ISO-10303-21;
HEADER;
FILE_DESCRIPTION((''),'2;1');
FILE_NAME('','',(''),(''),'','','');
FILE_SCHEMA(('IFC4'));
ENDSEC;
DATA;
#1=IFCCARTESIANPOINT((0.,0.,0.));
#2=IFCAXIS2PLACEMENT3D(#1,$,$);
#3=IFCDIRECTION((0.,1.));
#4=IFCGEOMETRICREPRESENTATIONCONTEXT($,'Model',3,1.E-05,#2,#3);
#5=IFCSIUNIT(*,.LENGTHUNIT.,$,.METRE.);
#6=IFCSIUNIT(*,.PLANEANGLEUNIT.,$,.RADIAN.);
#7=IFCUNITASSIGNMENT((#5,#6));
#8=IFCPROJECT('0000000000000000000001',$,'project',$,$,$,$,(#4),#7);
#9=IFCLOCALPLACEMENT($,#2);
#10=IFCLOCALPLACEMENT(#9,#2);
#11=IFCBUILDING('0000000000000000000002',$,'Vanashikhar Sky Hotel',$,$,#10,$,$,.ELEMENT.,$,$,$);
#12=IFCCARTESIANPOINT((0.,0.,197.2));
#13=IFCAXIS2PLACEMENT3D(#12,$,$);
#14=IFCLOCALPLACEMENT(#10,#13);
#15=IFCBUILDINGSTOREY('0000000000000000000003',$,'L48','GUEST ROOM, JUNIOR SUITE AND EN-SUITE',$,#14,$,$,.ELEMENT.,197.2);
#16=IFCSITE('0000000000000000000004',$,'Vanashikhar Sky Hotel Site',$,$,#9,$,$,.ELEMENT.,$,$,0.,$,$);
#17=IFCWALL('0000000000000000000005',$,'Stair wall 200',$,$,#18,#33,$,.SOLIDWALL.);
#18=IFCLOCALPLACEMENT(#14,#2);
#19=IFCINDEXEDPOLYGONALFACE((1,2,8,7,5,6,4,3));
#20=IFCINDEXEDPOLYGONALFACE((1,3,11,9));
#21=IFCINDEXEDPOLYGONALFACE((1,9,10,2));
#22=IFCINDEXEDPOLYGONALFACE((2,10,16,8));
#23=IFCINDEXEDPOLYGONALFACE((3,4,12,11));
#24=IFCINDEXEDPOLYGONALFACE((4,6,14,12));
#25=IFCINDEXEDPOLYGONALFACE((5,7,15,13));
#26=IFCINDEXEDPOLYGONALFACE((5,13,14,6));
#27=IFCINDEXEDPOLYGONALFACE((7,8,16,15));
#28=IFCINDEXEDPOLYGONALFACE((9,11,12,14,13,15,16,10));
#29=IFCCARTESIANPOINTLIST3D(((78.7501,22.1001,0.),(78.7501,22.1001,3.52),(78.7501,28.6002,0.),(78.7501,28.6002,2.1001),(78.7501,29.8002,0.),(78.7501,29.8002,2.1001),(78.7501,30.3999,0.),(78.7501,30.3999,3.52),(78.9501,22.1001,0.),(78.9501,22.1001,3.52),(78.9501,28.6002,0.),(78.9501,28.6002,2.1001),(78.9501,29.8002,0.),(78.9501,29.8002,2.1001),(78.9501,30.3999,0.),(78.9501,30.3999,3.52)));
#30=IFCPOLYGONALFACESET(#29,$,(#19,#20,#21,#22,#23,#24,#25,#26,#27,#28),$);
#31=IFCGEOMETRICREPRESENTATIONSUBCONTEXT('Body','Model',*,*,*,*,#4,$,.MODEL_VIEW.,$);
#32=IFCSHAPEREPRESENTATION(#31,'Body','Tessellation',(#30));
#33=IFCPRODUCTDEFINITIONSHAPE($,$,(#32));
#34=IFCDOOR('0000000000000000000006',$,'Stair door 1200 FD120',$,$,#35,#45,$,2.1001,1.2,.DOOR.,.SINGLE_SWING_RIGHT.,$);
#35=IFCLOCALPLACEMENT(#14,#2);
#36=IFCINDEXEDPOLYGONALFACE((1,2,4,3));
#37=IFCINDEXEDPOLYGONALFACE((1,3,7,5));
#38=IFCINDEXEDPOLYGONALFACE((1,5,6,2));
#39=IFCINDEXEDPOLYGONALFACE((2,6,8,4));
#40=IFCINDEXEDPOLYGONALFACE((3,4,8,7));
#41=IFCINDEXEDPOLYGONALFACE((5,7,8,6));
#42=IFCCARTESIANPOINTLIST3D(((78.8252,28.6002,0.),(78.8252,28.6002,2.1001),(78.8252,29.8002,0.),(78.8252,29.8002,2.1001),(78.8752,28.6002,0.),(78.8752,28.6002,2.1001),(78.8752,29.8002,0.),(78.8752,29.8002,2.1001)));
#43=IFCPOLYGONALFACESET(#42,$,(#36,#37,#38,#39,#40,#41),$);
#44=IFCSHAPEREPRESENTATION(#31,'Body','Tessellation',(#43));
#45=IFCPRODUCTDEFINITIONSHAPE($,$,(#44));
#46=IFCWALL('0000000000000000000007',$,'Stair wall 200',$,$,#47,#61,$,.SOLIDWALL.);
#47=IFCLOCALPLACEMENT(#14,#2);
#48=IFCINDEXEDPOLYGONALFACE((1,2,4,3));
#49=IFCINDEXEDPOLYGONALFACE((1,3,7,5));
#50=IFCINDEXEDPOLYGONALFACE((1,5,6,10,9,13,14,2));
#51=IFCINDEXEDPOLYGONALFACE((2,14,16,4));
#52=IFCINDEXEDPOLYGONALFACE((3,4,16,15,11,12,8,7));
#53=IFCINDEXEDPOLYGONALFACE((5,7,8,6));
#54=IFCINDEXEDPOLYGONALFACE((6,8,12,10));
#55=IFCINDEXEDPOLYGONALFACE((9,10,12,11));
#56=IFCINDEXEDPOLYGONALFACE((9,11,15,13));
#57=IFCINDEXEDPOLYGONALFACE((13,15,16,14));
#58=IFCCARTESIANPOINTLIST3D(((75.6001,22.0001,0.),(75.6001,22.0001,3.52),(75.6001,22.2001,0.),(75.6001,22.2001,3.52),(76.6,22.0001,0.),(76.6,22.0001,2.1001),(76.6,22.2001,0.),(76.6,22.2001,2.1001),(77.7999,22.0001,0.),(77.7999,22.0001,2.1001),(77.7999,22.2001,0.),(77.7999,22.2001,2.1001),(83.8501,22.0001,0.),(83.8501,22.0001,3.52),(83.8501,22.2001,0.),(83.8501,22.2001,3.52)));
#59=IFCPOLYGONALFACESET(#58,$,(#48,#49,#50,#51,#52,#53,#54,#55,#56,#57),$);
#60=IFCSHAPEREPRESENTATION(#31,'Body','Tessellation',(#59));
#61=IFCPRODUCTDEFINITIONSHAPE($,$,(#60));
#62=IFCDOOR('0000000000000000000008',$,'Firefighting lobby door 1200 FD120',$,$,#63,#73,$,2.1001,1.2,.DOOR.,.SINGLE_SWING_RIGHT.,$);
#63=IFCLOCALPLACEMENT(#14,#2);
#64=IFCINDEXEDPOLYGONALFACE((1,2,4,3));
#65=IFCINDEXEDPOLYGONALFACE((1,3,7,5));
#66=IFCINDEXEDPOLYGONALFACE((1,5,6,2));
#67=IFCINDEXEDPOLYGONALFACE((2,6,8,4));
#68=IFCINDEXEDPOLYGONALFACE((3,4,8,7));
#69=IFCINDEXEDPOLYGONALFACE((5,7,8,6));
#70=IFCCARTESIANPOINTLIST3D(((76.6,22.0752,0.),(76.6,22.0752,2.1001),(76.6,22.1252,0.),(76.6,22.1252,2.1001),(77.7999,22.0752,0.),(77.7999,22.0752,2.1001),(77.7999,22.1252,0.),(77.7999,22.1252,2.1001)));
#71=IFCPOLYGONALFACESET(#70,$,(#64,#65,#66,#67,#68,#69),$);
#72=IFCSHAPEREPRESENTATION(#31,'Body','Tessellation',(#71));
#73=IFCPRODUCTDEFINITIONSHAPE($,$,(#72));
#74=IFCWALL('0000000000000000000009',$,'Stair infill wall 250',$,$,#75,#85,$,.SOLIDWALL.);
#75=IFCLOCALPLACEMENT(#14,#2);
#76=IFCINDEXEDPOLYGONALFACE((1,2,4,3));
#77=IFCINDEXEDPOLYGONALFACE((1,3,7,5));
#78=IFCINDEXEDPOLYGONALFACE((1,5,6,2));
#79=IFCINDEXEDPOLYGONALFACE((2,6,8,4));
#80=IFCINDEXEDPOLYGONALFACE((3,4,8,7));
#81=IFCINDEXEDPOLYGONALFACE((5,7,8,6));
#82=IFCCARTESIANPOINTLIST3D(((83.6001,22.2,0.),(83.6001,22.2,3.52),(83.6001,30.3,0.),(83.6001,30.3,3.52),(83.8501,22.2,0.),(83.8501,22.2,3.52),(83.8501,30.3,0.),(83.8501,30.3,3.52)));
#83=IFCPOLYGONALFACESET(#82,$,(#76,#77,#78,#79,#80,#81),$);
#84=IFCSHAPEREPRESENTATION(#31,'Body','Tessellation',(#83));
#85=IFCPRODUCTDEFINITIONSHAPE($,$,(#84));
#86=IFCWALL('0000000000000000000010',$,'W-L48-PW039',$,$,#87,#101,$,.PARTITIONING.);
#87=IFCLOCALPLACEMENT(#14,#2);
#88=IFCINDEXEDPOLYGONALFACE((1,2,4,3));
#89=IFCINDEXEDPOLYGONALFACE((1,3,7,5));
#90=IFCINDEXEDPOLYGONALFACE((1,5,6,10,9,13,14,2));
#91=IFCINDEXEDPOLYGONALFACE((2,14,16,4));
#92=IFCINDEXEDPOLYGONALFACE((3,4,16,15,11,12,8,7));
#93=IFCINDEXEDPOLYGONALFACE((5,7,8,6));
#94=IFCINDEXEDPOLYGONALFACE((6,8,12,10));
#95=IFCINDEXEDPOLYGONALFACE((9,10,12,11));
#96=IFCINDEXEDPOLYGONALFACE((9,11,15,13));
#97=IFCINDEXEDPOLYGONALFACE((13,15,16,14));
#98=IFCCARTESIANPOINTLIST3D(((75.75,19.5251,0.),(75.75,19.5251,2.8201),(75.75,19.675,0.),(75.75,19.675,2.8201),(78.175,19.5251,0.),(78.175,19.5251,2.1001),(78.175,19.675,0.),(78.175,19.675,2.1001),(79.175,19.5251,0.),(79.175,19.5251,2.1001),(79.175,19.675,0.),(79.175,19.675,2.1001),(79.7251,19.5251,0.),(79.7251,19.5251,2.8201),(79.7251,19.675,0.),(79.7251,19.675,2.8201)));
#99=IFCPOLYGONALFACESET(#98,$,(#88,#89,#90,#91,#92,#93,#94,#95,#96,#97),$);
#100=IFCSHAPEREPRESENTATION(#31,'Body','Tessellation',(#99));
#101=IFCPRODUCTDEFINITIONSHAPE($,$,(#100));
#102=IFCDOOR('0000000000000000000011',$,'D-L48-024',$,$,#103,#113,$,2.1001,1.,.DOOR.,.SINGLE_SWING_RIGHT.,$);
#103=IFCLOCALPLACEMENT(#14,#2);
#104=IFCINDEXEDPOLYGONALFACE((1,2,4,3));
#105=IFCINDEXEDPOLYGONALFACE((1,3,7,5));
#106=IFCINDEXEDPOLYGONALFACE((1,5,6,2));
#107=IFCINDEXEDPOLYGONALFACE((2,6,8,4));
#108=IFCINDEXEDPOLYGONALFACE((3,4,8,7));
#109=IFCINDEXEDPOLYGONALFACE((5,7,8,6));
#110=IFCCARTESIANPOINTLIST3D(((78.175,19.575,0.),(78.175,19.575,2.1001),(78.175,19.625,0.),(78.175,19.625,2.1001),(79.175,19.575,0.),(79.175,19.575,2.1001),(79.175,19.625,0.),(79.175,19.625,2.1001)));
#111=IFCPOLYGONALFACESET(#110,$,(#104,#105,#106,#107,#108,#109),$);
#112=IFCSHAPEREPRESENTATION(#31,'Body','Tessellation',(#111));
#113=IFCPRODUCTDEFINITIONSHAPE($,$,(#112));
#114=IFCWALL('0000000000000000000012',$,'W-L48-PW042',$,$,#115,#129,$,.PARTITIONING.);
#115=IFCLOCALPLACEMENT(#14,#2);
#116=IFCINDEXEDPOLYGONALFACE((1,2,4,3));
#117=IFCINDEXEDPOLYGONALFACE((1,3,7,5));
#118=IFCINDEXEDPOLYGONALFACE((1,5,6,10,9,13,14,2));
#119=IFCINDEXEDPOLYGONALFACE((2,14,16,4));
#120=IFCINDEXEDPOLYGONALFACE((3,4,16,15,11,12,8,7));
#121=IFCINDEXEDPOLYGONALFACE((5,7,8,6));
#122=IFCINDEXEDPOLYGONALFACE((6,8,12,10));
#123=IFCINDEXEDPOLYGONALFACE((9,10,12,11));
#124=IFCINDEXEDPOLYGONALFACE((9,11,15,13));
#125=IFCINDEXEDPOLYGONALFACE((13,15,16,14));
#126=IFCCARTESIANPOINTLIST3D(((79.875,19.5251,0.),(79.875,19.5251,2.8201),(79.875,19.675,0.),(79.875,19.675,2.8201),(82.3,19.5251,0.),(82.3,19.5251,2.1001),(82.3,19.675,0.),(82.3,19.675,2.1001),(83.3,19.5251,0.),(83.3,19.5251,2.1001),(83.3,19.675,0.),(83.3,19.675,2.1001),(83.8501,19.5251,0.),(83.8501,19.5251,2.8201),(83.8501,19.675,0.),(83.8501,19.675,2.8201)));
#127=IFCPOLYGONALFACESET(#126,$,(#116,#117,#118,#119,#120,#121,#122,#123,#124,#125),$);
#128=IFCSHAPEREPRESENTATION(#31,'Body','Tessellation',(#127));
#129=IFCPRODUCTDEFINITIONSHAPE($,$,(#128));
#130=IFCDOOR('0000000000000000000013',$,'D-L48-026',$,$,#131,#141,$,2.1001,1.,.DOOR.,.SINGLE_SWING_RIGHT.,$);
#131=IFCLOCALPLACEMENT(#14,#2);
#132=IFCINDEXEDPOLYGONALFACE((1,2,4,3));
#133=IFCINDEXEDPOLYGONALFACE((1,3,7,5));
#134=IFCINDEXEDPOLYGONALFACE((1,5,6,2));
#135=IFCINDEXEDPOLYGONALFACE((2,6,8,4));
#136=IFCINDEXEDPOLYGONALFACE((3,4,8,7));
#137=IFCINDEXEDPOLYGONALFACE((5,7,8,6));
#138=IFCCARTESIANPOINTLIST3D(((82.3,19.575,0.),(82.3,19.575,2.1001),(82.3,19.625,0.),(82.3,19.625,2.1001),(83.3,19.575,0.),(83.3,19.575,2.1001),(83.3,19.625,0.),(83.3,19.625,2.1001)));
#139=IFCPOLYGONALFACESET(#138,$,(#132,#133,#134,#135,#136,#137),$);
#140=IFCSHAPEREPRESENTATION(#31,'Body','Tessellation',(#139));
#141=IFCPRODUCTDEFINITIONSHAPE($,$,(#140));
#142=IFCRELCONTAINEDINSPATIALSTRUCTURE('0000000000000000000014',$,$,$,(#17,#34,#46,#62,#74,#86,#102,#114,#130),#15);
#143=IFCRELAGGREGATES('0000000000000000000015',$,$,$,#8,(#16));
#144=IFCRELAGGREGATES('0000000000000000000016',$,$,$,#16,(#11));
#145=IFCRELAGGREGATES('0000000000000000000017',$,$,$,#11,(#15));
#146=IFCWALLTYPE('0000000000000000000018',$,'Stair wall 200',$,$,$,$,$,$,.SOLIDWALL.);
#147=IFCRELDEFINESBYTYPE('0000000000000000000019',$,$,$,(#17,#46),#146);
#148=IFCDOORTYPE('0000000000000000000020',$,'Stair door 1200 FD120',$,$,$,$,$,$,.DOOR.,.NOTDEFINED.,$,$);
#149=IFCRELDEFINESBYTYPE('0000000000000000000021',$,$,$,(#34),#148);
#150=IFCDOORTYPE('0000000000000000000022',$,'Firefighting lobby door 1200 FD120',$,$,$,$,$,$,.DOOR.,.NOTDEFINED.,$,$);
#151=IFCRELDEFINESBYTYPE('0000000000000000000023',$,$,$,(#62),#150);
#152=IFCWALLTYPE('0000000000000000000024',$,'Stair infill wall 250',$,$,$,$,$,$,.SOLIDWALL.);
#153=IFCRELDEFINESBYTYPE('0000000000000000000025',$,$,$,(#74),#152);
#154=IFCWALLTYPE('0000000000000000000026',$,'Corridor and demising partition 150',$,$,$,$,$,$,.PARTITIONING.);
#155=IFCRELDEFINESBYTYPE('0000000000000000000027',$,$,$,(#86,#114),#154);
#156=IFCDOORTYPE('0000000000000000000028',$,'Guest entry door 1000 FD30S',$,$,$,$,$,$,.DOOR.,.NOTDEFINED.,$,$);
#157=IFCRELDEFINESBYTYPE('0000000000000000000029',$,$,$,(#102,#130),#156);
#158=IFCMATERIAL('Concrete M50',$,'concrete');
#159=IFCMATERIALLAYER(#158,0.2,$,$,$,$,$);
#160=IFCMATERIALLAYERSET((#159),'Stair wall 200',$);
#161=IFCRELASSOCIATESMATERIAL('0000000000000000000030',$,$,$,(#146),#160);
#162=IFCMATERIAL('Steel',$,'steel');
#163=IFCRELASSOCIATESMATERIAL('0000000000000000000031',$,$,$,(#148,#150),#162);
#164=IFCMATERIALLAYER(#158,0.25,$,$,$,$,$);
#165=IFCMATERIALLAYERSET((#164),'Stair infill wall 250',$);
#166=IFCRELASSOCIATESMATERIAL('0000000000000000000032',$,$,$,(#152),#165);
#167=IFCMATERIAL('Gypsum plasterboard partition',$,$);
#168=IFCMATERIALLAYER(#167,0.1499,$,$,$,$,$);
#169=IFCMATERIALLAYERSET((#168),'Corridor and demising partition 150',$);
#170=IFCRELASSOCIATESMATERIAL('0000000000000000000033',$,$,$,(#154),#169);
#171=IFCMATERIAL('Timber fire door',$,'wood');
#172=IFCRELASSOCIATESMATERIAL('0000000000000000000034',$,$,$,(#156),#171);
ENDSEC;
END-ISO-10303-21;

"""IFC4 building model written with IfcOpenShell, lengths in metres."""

from ifc_helpers import new_model, si_unit, direction, frame, frame_2d, origin, place, context, subcontext, project, spatial, rectangle, extrude, source, transform, mapped, material, layer, layer_set, type_object, element, fill, save


model = new_model("IFC4")

# Units and contexts
model_context = context("Model", 3, precision=1e-05, world=origin(), true_north=direction((0.0, 1.0)))
body_context = subcontext(model_context, "Body", "Model", "MODEL_VIEW")
ifc_project = project(units=[si_unit("LENGTHUNIT", "METRE"), si_unit("PLANEANGLEUNIT", "RADIAN")], contexts=[model_context])

# Site, building, storey
site_placement = place(None, origin())
site = spatial("IfcSite", under=ifc_project, at=site_placement, Name="Vanashikhar Sky Hotel Site", CompositionType="ELEMENT", RefElevation=0.0)
building_placement = place(site_placement, origin())
building = spatial("IfcBuilding", under=site, at=building_placement, Name="Vanashikhar Sky Hotel", CompositionType="ELEMENT")
storey_placement = place(building_placement, frame((0.0, 0.0, 197.2)))
storey = spatial("IfcBuildingStorey", under=building, at=storey_placement, Name="L48", Description="GUEST ROOM, JUNIOR SUITE AND EN-SUITE", CompositionType="ELEMENT", Elevation=197.2)

# Walls, openings, doors
ifc_material_1 = material(Name="Concrete M50", Category="concrete")
ifc_layer_1 = layer(ifc_material_1, 0.2)
ifc_layer_set_1 = layer_set([ifc_layer_1], Name="Stair wall 200")
wall_type_1 = type_object("IfcWallType", Name="Stair wall 200", PredefinedType="SOLIDWALL", material=ifc_layer_set_1)
shared_shape_1 = source(origin(), body_context, "Body", "SweptSolid", [
    extrude(rectangle(XDim=8.2998, YDim=0.2, at=frame_2d((4.1499, 0.0))), origin(), (0.0, 0.0, 1.0), 3.52),
])
wall_1_placement = place(storey_placement, frame((78.8501, 22.1001, 0.0), z_axis=(0.0, 0.0, 1.0), x_axis=(0.0, 1.0, 0.0)))
wall_1 = element("IfcWall", 1, at=wall_1_placement, inside=storey, type_object=wall_type_1, Name="Stair wall 200", PredefinedType="SOLIDWALL", context=body_context, shape_type="MappedRepresentation", body=[
    mapped(shared_shape_1, transform((0.0, 0.0, 0.0), scale=1.0)),
])
shared_shape_2 = source(origin(), body_context, "Body", "SweptSolid", [
    extrude(rectangle(XDim=1.2, YDim=2.1001, at=frame_2d((0.6001, 1.05))), frame((0.0, 0.1099, 0.0), z_axis=(0.0, -1.0, 0.0), x_axis=(1.0, 0.0, 0.0)), (0.0, 0.0, 1.0), 0.22),
])
opening_1_placement = place(wall_1_placement, frame((6.5, 0.0, 0.0)))
opening_1 = element("IfcOpeningElement", 2, at=opening_1_placement, cuts=wall_1, PredefinedType="OPENING", context=body_context, shape_type="MappedRepresentation", body=[
    mapped(shared_shape_2, transform((0.0, 0.0, 0.0), scale=1.0)),
])
ifc_material_2 = material(Name="Steel", Category="steel")
door_type_1 = type_object("IfcDoorType", Name="Stair door 1200 FD120", OperationType="NOTDEFINED", PredefinedType="DOOR", material=ifc_material_2)
shared_shape_3 = source(origin(), body_context, "Body", "SweptSolid", [
    extrude(rectangle(XDim=1.2, YDim=2.1001, at=frame_2d((0.6001, 1.05))), frame((0.0, 0.0249, 0.0), z_axis=(0.0, -1.0, 0.0), x_axis=(1.0, 0.0, 0.0)), (0.0, 0.0, 1.0), 0.05),
])
door_1_placement = place(opening_1_placement, origin())
door_1 = element("IfcDoor", 3, at=door_1_placement, inside=storey, type_object=door_type_1, Name="Stair door 1200 FD120", OperationType="SINGLE_SWING_RIGHT", OverallHeight=2.1001, OverallWidth=1.2, PredefinedType="DOOR", context=body_context, shape_type="MappedRepresentation", body=[
    mapped(shared_shape_3, transform((0.0, 0.0, 0.0), scale=1.0)),
])
fill(opening_1, door_1)
shared_shape_4 = source(origin(), body_context, "Body", "SweptSolid", [
    extrude(rectangle(XDim=8.25, YDim=0.2, at=frame_2d((4.125, 0.0))), origin(), (0.0, 0.0, 1.0), 3.52),
])
wall_2_placement = place(storey_placement, frame((83.8501, 22.1001, 0.0), z_axis=(0.0, 0.0, 1.0), x_axis=(-1.0, 0.0, 0.0)))
wall_2 = element("IfcWall", 4, at=wall_2_placement, inside=storey, type_object=wall_type_1, Name="Stair wall 200", PredefinedType="SOLIDWALL", context=body_context, shape_type="MappedRepresentation", body=[
    mapped(shared_shape_4, transform((0.0, 0.0, 0.0), scale=1.0)),
])
opening_2_placement = place(wall_2_placement, frame((6.05, 0.0, 0.0)))
opening_2 = element("IfcOpeningElement", 5, at=opening_2_placement, cuts=wall_2, PredefinedType="OPENING", context=body_context, shape_type="MappedRepresentation", body=[
    mapped(shared_shape_2, transform((0.0, 0.0, 0.0), scale=1.0)),
])
door_type_2 = type_object("IfcDoorType", Name="Firefighting lobby door 1200 FD120", OperationType="NOTDEFINED", PredefinedType="DOOR", material=ifc_material_2)
door_2_placement = place(opening_2_placement, origin())
door_2 = element("IfcDoor", 6, at=door_2_placement, inside=storey, type_object=door_type_2, Name="Firefighting lobby door 1200 FD120", OperationType="SINGLE_SWING_RIGHT", OverallHeight=2.1001, OverallWidth=1.2, PredefinedType="DOOR", context=body_context, shape_type="MappedRepresentation", body=[
    mapped(shared_shape_3, transform((0.0, 0.0, 0.0), scale=1.0)),
])
fill(opening_2, door_2)

# Wall
ifc_layer_2 = layer(ifc_material_1, 0.25)
ifc_layer_set_2 = layer_set([ifc_layer_2], Name="Stair infill wall 250")
wall_type_2 = type_object("IfcWallType", Name="Stair infill wall 250", PredefinedType="SOLIDWALL", material=ifc_layer_set_2)
shared_shape_5 = source(origin(), body_context, "Body", "SweptSolid", [
    extrude(rectangle(XDim=8.1001, YDim=0.25, at=frame_2d((4.05, 0.0))), origin(), (0.0, 0.0, 1.0), 3.52),
])
wall_3_placement = place(storey_placement, frame((83.7251, 22.2, 0.0), z_axis=(0.0, 0.0, 1.0), x_axis=(0.0, 1.0, 0.0)))
element("IfcWall", 7, at=wall_3_placement, inside=storey, type_object=wall_type_2, Name="Stair infill wall 250", PredefinedType="SOLIDWALL", context=body_context, shape_type="MappedRepresentation", body=[
    mapped(shared_shape_5, transform((0.0, 0.0, 0.0), scale=1.0)),
])

# Walls, openings, doors
ifc_material_3 = material(Name="Gypsum plasterboard partition")
ifc_layer_3 = layer(ifc_material_3, 0.1499)
ifc_layer_set_3 = layer_set([ifc_layer_3], Name="Corridor and demising partition 150")
wall_type_3 = type_object("IfcWallType", Name="Corridor and demising partition 150", PredefinedType="PARTITIONING", material=ifc_layer_set_3)
shared_shape_6 = source(origin(), body_context, "Body", "SweptSolid", [
    extrude(rectangle(XDim=3.9751, YDim=0.1499, at=frame_2d((1.9875, 0.0))), origin(), (0.0, 0.0, 1.0), 2.8201),
])
wall_4_placement = place(storey_placement, frame((75.75, 19.6001, 0.0), z_axis=(0.0, 0.0, 1.0), x_axis=(1.0, 0.0, 0.0)))
wall_4 = element("IfcWall", 8, at=wall_4_placement, inside=storey, type_object=wall_type_3, Name="W-L48-PW039", PredefinedType="PARTITIONING", context=body_context, shape_type="MappedRepresentation", body=[
    mapped(shared_shape_6, transform((0.0, 0.0, 0.0), scale=1.0)),
])
shared_shape_7 = source(origin(), body_context, "Body", "SweptSolid", [
    extrude(rectangle(XDim=1.0, YDim=2.1001, at=frame_2d((0.5, 1.05))), frame((0.0, 0.085, 0.0), z_axis=(0.0, -1.0, 0.0), x_axis=(1.0, 0.0, 0.0)), (0.0, 0.0, 1.0), 0.1699),
])
opening_3_placement = place(wall_4_placement, frame((2.425, 0.0, 0.0)))
opening_3 = element("IfcOpeningElement", 9, at=opening_3_placement, cuts=wall_4, PredefinedType="OPENING", context=body_context, shape_type="MappedRepresentation", body=[
    mapped(shared_shape_7, transform((0.0, 0.0, 0.0), scale=1.0)),
])
ifc_material_4 = material(Name="Timber fire door", Category="wood")
door_type_3 = type_object("IfcDoorType", Name="Guest entry door 1000 FD30S", OperationType="NOTDEFINED", PredefinedType="DOOR", material=ifc_material_4)
shared_shape_8 = source(origin(), body_context, "Body", "SweptSolid", [
    extrude(rectangle(XDim=1.0, YDim=2.1001, at=frame_2d((0.5, 1.05))), frame((0.0, 0.0249, 0.0), z_axis=(0.0, -1.0, 0.0), x_axis=(1.0, 0.0, 0.0)), (0.0, 0.0, 1.0), 0.05),
])
door_3_placement = place(opening_3_placement, origin())
door_3 = element("IfcDoor", 10, at=door_3_placement, inside=storey, type_object=door_type_3, Name="D-L48-024", OperationType="SINGLE_SWING_RIGHT", OverallHeight=2.1001, OverallWidth=1.0, PredefinedType="DOOR", context=body_context, shape_type="MappedRepresentation", body=[
    mapped(shared_shape_8, transform((0.0, 0.0, 0.0), scale=1.0)),
])
fill(opening_3, door_3)
wall_5_placement = place(storey_placement, frame((79.875, 19.6001, 0.0), z_axis=(0.0, 0.0, 1.0), x_axis=(1.0, 0.0, 0.0)))
wall_5 = element("IfcWall", 11, at=wall_5_placement, inside=storey, type_object=wall_type_3, Name="W-L48-PW042", PredefinedType="PARTITIONING", context=body_context, shape_type="MappedRepresentation", body=[
    mapped(shared_shape_6, transform((0.0, 0.0, 0.0), scale=1.0)),
])
opening_4_placement = place(wall_5_placement, frame((2.425, 0.0, 0.0)))
opening_4 = element("IfcOpeningElement", 12, at=opening_4_placement, cuts=wall_5, PredefinedType="OPENING", context=body_context, shape_type="MappedRepresentation", body=[
    mapped(shared_shape_7, transform((0.0, 0.0, 0.0), scale=1.0)),
])
door_4_placement = place(opening_4_placement, origin())
door_4 = element("IfcDoor", 13, at=door_4_placement, inside=storey, type_object=door_type_3, Name="D-L48-026", OperationType="SINGLE_SWING_RIGHT", OverallHeight=2.1001, OverallWidth=1.0, PredefinedType="DOOR", context=body_context, shape_type="MappedRepresentation", body=[
    mapped(shared_shape_8, transform((0.0, 0.0, 0.0), scale=1.0)),
])
fill(opening_4, door_4)

save(model, "model.ifc")
